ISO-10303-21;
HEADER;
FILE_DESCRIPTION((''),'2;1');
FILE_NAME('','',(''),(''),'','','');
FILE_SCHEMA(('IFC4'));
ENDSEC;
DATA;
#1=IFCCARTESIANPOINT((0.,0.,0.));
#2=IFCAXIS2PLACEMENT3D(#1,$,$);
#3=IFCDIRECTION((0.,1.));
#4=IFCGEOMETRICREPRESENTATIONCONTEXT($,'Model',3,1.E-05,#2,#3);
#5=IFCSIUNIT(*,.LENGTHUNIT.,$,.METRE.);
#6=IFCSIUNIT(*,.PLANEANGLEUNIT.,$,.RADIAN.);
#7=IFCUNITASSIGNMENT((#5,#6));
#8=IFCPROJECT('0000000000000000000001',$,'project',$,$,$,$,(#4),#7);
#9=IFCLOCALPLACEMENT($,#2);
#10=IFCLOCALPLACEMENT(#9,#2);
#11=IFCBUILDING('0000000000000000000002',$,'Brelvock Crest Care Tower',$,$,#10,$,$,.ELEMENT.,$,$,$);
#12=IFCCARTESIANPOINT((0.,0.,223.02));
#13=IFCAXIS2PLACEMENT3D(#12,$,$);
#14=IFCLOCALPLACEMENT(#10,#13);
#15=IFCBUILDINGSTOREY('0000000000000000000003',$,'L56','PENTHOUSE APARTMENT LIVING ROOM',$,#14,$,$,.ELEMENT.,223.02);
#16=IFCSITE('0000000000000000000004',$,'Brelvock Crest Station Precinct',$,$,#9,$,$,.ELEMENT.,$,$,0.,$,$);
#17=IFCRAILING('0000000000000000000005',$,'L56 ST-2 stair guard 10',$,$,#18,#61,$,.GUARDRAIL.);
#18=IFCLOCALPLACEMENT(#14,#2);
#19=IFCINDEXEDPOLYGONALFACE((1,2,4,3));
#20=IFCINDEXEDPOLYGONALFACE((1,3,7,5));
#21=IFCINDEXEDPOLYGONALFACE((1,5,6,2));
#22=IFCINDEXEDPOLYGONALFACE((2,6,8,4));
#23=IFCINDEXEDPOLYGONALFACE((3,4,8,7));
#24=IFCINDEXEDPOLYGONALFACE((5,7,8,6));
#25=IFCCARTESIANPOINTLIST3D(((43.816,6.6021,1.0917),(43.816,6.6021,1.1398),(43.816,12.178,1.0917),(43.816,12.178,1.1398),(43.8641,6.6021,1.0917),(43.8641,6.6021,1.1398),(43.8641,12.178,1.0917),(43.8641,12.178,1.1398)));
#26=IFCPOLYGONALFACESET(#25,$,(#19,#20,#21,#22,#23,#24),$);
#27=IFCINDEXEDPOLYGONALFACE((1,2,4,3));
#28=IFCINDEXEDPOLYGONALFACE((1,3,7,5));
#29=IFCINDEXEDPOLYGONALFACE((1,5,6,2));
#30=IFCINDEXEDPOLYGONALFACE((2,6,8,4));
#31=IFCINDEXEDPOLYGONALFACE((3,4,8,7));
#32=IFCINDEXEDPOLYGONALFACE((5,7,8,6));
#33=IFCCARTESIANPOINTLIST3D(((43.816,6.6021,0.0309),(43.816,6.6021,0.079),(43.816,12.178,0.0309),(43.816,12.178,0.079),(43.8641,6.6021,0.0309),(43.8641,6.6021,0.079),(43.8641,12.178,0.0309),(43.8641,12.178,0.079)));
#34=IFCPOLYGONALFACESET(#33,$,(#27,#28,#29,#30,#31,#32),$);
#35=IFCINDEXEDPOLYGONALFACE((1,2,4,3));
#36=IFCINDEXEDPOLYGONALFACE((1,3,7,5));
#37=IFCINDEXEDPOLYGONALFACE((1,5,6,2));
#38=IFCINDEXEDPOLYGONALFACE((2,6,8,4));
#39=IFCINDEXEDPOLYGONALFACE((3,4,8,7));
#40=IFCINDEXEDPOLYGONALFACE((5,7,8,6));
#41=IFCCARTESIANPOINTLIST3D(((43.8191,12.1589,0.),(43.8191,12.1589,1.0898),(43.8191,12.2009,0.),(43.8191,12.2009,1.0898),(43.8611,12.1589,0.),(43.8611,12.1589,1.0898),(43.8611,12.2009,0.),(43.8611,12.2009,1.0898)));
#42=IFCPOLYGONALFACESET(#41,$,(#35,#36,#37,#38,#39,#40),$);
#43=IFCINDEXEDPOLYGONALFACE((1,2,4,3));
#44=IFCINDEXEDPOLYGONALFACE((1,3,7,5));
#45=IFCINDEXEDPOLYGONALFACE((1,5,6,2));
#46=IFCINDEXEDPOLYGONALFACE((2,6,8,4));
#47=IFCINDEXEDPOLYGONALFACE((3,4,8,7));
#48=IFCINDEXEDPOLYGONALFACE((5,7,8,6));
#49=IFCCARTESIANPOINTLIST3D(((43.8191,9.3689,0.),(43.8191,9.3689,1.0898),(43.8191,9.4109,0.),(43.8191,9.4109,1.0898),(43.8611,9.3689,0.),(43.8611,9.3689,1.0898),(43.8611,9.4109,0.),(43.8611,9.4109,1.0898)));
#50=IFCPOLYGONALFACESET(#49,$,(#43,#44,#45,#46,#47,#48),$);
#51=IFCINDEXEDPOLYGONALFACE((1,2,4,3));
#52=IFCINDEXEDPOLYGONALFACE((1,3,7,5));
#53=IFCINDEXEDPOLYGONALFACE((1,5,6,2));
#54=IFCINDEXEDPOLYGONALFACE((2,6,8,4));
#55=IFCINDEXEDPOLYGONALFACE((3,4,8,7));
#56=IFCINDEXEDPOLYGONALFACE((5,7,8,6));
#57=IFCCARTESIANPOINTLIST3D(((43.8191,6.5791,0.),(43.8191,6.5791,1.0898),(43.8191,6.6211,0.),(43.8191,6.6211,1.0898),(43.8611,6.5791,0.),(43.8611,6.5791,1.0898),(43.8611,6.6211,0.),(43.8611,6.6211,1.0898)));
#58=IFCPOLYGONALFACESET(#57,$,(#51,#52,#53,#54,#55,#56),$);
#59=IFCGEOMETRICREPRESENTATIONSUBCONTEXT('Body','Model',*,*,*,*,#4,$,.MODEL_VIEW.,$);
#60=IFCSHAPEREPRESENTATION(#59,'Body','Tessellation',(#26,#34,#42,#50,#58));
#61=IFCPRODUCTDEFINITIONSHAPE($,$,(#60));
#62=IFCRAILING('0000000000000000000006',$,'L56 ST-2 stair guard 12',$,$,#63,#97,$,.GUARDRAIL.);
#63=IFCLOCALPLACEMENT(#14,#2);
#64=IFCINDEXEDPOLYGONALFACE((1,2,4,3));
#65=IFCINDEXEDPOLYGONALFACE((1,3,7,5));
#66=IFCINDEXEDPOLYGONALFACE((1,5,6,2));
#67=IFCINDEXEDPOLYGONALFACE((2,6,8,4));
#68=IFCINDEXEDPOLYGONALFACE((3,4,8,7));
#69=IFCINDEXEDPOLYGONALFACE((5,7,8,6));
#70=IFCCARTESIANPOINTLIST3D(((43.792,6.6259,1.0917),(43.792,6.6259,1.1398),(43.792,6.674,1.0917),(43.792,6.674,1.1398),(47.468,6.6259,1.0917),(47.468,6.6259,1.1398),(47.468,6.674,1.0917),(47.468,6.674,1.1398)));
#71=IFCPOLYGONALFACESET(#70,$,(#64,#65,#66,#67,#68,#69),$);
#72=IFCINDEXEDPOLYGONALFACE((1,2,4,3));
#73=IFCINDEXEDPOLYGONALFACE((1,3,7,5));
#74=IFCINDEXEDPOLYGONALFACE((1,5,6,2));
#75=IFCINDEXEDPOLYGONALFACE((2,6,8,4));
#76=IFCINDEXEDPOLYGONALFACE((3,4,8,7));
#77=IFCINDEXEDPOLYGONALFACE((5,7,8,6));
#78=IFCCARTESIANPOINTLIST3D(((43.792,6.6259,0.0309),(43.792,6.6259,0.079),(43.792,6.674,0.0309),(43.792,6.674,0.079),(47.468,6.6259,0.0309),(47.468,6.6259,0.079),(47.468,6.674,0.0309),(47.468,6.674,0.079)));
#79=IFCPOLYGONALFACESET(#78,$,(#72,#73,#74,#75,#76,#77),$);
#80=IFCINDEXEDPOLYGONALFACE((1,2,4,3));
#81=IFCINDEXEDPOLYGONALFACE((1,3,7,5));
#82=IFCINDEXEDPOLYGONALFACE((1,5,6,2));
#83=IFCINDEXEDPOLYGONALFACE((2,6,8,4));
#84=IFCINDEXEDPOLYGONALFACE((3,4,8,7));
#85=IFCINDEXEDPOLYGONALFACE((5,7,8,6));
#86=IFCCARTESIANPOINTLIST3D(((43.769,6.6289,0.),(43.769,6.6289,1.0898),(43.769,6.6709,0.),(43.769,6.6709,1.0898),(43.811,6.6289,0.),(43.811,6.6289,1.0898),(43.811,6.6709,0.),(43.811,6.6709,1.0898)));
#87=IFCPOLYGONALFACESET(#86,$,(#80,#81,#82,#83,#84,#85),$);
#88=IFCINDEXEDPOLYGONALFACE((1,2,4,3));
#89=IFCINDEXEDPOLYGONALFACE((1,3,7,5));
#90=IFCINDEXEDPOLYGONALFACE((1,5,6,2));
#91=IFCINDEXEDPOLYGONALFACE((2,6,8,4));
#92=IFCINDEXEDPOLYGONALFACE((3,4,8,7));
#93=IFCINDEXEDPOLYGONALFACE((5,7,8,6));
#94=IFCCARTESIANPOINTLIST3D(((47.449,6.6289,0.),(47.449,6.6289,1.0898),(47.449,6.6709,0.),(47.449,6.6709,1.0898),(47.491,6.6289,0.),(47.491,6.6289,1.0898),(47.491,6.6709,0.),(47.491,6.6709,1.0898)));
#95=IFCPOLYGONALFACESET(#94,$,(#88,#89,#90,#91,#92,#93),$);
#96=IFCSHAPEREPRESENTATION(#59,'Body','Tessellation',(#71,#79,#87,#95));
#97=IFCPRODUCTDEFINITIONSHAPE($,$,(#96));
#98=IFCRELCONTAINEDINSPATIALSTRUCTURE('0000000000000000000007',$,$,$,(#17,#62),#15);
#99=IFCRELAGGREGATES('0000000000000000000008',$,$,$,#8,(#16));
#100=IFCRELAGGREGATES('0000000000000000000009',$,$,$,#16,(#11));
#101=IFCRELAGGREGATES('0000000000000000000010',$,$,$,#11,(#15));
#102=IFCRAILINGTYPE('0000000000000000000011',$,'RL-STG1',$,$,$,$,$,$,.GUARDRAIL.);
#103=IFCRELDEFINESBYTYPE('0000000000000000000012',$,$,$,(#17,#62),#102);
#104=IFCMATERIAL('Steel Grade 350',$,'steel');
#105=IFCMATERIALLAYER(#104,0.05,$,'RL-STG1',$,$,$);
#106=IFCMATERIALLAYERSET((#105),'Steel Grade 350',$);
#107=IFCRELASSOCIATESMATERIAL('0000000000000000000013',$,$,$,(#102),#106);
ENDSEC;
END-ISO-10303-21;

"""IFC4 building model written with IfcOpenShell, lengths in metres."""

from ifc_helpers import new_model, si_unit, direction, frame, origin, origin_2d, place, context, subcontext, project, spatial, rectangle, extrude, material, layer, layer_set, type_object, element, save


model = new_model("IFC4")

# Units and contexts
model_context = context("Model", 3, precision=1e-05, world=origin(), true_north=direction((0.0, 1.0)))
body_context = subcontext(model_context, "Body", "Model", "MODEL_VIEW")
ifc_project = project(units=[si_unit("LENGTHUNIT", "METRE"), si_unit("PLANEANGLEUNIT", "RADIAN")], contexts=[model_context])

# Site, building, storey
site_placement = place(None, origin())
site = spatial("IfcSite", under=ifc_project, at=site_placement, Name="Brelvock Crest Station Precinct", CompositionType="ELEMENT", RefElevation=0.0)
building_placement = place(site_placement, origin())
building = spatial("IfcBuilding", under=site, at=building_placement, Name="Brelvock Crest Care Tower", CompositionType="ELEMENT")
storey_placement = place(building_placement, frame((0.0, 0.0, 223.02)))
storey = spatial("IfcBuildingStorey", under=building, at=storey_placement, Name="L56", Description="PENTHOUSE APARTMENT LIVING ROOM", CompositionType="ELEMENT", Elevation=223.02)

# Shared definitions
ifc_material_1 = material(Name="Steel Grade 350", Category="steel")

# Railings
ifc_layer_1 = layer(ifc_material_1, 0.05, Name="RL-STG1")
ifc_layer_set_1 = layer_set([ifc_layer_1], Name="Steel Grade 350")
railing_type = type_object("IfcRailingType", Name="RL-STG1", PredefinedType="GUARDRAIL", material=ifc_layer_set_1)
railing_1_placement = place(storey_placement, frame((43.8401, 12.1799, 0.0)))
element("IfcRailing", 1, at=railing_1_placement, inside=storey, type_object=railing_type, Name="L56 ST-2 stair guard 10", PredefinedType="GUARDRAIL", context=body_context, shape_type="SweptSolid", body=[
    extrude(rectangle(XDim=0.0481, YDim=0.0481, at=origin_2d()), frame((0.0, -0.002, 1.1157), z_axis=(0.0, -1.0, 0.0), x_axis=(1.0, 0.0, 0.0)), (0.0, 0.0, 1.0), 5.5759),
    extrude(rectangle(XDim=0.0481, YDim=0.0481, at=origin_2d()), frame((0.0, -0.002, 0.0549), z_axis=(0.0, -1.0, 0.0), x_axis=(1.0, 0.0, 0.0)), (0.0, 0.0, 1.0), 5.5759),
    extrude(rectangle(XDim=0.042, YDim=0.042, at=origin_2d()), origin(), (0.0, 0.0, 1.0), 1.0898),
    extrude(rectangle(XDim=0.042, YDim=0.042, at=origin_2d()), frame((0.0, -2.79, 0.0)), (0.0, 0.0, 1.0), 1.0898),
    extrude(rectangle(XDim=0.042, YDim=0.042, at=origin_2d()), frame((0.0, -5.5798, 0.0)), (0.0, 0.0, 1.0), 1.0898),
])
railing_2_placement = place(storey_placement, frame((43.79, 6.6499, 0.0)))
element("IfcRailing", 2, at=railing_2_placement, inside=storey, type_object=railing_type, Name="L56 ST-2 stair guard 12", PredefinedType="GUARDRAIL", context=body_context, shape_type="SweptSolid", body=[
    extrude(rectangle(XDim=0.0481, YDim=0.0481, at=origin_2d()), frame((0.002, 0.0, 1.1157), z_axis=(1.0, 0.0, 0.0), x_axis=(0.0, 1.0, 0.0)), (0.0, 0.0, 1.0), 3.676),
    extrude(rectangle(XDim=0.0481, YDim=0.0481, at=origin_2d()), frame((0.002, 0.0, 0.0549), z_axis=(1.0, 0.0, 0.0), x_axis=(0.0, 1.0, 0.0)), (0.0, 0.0, 1.0), 3.676),
    extrude(rectangle(XDim=0.042, YDim=0.042, at=origin_2d()), origin(), (0.0, 0.0, 1.0), 1.0898),
    extrude(rectangle(XDim=0.042, YDim=0.042, at=origin_2d()), frame((3.6799, 0.0, 0.0)), (0.0, 0.0, 1.0), 1.0898),
])

save(model, "model.ifc")
